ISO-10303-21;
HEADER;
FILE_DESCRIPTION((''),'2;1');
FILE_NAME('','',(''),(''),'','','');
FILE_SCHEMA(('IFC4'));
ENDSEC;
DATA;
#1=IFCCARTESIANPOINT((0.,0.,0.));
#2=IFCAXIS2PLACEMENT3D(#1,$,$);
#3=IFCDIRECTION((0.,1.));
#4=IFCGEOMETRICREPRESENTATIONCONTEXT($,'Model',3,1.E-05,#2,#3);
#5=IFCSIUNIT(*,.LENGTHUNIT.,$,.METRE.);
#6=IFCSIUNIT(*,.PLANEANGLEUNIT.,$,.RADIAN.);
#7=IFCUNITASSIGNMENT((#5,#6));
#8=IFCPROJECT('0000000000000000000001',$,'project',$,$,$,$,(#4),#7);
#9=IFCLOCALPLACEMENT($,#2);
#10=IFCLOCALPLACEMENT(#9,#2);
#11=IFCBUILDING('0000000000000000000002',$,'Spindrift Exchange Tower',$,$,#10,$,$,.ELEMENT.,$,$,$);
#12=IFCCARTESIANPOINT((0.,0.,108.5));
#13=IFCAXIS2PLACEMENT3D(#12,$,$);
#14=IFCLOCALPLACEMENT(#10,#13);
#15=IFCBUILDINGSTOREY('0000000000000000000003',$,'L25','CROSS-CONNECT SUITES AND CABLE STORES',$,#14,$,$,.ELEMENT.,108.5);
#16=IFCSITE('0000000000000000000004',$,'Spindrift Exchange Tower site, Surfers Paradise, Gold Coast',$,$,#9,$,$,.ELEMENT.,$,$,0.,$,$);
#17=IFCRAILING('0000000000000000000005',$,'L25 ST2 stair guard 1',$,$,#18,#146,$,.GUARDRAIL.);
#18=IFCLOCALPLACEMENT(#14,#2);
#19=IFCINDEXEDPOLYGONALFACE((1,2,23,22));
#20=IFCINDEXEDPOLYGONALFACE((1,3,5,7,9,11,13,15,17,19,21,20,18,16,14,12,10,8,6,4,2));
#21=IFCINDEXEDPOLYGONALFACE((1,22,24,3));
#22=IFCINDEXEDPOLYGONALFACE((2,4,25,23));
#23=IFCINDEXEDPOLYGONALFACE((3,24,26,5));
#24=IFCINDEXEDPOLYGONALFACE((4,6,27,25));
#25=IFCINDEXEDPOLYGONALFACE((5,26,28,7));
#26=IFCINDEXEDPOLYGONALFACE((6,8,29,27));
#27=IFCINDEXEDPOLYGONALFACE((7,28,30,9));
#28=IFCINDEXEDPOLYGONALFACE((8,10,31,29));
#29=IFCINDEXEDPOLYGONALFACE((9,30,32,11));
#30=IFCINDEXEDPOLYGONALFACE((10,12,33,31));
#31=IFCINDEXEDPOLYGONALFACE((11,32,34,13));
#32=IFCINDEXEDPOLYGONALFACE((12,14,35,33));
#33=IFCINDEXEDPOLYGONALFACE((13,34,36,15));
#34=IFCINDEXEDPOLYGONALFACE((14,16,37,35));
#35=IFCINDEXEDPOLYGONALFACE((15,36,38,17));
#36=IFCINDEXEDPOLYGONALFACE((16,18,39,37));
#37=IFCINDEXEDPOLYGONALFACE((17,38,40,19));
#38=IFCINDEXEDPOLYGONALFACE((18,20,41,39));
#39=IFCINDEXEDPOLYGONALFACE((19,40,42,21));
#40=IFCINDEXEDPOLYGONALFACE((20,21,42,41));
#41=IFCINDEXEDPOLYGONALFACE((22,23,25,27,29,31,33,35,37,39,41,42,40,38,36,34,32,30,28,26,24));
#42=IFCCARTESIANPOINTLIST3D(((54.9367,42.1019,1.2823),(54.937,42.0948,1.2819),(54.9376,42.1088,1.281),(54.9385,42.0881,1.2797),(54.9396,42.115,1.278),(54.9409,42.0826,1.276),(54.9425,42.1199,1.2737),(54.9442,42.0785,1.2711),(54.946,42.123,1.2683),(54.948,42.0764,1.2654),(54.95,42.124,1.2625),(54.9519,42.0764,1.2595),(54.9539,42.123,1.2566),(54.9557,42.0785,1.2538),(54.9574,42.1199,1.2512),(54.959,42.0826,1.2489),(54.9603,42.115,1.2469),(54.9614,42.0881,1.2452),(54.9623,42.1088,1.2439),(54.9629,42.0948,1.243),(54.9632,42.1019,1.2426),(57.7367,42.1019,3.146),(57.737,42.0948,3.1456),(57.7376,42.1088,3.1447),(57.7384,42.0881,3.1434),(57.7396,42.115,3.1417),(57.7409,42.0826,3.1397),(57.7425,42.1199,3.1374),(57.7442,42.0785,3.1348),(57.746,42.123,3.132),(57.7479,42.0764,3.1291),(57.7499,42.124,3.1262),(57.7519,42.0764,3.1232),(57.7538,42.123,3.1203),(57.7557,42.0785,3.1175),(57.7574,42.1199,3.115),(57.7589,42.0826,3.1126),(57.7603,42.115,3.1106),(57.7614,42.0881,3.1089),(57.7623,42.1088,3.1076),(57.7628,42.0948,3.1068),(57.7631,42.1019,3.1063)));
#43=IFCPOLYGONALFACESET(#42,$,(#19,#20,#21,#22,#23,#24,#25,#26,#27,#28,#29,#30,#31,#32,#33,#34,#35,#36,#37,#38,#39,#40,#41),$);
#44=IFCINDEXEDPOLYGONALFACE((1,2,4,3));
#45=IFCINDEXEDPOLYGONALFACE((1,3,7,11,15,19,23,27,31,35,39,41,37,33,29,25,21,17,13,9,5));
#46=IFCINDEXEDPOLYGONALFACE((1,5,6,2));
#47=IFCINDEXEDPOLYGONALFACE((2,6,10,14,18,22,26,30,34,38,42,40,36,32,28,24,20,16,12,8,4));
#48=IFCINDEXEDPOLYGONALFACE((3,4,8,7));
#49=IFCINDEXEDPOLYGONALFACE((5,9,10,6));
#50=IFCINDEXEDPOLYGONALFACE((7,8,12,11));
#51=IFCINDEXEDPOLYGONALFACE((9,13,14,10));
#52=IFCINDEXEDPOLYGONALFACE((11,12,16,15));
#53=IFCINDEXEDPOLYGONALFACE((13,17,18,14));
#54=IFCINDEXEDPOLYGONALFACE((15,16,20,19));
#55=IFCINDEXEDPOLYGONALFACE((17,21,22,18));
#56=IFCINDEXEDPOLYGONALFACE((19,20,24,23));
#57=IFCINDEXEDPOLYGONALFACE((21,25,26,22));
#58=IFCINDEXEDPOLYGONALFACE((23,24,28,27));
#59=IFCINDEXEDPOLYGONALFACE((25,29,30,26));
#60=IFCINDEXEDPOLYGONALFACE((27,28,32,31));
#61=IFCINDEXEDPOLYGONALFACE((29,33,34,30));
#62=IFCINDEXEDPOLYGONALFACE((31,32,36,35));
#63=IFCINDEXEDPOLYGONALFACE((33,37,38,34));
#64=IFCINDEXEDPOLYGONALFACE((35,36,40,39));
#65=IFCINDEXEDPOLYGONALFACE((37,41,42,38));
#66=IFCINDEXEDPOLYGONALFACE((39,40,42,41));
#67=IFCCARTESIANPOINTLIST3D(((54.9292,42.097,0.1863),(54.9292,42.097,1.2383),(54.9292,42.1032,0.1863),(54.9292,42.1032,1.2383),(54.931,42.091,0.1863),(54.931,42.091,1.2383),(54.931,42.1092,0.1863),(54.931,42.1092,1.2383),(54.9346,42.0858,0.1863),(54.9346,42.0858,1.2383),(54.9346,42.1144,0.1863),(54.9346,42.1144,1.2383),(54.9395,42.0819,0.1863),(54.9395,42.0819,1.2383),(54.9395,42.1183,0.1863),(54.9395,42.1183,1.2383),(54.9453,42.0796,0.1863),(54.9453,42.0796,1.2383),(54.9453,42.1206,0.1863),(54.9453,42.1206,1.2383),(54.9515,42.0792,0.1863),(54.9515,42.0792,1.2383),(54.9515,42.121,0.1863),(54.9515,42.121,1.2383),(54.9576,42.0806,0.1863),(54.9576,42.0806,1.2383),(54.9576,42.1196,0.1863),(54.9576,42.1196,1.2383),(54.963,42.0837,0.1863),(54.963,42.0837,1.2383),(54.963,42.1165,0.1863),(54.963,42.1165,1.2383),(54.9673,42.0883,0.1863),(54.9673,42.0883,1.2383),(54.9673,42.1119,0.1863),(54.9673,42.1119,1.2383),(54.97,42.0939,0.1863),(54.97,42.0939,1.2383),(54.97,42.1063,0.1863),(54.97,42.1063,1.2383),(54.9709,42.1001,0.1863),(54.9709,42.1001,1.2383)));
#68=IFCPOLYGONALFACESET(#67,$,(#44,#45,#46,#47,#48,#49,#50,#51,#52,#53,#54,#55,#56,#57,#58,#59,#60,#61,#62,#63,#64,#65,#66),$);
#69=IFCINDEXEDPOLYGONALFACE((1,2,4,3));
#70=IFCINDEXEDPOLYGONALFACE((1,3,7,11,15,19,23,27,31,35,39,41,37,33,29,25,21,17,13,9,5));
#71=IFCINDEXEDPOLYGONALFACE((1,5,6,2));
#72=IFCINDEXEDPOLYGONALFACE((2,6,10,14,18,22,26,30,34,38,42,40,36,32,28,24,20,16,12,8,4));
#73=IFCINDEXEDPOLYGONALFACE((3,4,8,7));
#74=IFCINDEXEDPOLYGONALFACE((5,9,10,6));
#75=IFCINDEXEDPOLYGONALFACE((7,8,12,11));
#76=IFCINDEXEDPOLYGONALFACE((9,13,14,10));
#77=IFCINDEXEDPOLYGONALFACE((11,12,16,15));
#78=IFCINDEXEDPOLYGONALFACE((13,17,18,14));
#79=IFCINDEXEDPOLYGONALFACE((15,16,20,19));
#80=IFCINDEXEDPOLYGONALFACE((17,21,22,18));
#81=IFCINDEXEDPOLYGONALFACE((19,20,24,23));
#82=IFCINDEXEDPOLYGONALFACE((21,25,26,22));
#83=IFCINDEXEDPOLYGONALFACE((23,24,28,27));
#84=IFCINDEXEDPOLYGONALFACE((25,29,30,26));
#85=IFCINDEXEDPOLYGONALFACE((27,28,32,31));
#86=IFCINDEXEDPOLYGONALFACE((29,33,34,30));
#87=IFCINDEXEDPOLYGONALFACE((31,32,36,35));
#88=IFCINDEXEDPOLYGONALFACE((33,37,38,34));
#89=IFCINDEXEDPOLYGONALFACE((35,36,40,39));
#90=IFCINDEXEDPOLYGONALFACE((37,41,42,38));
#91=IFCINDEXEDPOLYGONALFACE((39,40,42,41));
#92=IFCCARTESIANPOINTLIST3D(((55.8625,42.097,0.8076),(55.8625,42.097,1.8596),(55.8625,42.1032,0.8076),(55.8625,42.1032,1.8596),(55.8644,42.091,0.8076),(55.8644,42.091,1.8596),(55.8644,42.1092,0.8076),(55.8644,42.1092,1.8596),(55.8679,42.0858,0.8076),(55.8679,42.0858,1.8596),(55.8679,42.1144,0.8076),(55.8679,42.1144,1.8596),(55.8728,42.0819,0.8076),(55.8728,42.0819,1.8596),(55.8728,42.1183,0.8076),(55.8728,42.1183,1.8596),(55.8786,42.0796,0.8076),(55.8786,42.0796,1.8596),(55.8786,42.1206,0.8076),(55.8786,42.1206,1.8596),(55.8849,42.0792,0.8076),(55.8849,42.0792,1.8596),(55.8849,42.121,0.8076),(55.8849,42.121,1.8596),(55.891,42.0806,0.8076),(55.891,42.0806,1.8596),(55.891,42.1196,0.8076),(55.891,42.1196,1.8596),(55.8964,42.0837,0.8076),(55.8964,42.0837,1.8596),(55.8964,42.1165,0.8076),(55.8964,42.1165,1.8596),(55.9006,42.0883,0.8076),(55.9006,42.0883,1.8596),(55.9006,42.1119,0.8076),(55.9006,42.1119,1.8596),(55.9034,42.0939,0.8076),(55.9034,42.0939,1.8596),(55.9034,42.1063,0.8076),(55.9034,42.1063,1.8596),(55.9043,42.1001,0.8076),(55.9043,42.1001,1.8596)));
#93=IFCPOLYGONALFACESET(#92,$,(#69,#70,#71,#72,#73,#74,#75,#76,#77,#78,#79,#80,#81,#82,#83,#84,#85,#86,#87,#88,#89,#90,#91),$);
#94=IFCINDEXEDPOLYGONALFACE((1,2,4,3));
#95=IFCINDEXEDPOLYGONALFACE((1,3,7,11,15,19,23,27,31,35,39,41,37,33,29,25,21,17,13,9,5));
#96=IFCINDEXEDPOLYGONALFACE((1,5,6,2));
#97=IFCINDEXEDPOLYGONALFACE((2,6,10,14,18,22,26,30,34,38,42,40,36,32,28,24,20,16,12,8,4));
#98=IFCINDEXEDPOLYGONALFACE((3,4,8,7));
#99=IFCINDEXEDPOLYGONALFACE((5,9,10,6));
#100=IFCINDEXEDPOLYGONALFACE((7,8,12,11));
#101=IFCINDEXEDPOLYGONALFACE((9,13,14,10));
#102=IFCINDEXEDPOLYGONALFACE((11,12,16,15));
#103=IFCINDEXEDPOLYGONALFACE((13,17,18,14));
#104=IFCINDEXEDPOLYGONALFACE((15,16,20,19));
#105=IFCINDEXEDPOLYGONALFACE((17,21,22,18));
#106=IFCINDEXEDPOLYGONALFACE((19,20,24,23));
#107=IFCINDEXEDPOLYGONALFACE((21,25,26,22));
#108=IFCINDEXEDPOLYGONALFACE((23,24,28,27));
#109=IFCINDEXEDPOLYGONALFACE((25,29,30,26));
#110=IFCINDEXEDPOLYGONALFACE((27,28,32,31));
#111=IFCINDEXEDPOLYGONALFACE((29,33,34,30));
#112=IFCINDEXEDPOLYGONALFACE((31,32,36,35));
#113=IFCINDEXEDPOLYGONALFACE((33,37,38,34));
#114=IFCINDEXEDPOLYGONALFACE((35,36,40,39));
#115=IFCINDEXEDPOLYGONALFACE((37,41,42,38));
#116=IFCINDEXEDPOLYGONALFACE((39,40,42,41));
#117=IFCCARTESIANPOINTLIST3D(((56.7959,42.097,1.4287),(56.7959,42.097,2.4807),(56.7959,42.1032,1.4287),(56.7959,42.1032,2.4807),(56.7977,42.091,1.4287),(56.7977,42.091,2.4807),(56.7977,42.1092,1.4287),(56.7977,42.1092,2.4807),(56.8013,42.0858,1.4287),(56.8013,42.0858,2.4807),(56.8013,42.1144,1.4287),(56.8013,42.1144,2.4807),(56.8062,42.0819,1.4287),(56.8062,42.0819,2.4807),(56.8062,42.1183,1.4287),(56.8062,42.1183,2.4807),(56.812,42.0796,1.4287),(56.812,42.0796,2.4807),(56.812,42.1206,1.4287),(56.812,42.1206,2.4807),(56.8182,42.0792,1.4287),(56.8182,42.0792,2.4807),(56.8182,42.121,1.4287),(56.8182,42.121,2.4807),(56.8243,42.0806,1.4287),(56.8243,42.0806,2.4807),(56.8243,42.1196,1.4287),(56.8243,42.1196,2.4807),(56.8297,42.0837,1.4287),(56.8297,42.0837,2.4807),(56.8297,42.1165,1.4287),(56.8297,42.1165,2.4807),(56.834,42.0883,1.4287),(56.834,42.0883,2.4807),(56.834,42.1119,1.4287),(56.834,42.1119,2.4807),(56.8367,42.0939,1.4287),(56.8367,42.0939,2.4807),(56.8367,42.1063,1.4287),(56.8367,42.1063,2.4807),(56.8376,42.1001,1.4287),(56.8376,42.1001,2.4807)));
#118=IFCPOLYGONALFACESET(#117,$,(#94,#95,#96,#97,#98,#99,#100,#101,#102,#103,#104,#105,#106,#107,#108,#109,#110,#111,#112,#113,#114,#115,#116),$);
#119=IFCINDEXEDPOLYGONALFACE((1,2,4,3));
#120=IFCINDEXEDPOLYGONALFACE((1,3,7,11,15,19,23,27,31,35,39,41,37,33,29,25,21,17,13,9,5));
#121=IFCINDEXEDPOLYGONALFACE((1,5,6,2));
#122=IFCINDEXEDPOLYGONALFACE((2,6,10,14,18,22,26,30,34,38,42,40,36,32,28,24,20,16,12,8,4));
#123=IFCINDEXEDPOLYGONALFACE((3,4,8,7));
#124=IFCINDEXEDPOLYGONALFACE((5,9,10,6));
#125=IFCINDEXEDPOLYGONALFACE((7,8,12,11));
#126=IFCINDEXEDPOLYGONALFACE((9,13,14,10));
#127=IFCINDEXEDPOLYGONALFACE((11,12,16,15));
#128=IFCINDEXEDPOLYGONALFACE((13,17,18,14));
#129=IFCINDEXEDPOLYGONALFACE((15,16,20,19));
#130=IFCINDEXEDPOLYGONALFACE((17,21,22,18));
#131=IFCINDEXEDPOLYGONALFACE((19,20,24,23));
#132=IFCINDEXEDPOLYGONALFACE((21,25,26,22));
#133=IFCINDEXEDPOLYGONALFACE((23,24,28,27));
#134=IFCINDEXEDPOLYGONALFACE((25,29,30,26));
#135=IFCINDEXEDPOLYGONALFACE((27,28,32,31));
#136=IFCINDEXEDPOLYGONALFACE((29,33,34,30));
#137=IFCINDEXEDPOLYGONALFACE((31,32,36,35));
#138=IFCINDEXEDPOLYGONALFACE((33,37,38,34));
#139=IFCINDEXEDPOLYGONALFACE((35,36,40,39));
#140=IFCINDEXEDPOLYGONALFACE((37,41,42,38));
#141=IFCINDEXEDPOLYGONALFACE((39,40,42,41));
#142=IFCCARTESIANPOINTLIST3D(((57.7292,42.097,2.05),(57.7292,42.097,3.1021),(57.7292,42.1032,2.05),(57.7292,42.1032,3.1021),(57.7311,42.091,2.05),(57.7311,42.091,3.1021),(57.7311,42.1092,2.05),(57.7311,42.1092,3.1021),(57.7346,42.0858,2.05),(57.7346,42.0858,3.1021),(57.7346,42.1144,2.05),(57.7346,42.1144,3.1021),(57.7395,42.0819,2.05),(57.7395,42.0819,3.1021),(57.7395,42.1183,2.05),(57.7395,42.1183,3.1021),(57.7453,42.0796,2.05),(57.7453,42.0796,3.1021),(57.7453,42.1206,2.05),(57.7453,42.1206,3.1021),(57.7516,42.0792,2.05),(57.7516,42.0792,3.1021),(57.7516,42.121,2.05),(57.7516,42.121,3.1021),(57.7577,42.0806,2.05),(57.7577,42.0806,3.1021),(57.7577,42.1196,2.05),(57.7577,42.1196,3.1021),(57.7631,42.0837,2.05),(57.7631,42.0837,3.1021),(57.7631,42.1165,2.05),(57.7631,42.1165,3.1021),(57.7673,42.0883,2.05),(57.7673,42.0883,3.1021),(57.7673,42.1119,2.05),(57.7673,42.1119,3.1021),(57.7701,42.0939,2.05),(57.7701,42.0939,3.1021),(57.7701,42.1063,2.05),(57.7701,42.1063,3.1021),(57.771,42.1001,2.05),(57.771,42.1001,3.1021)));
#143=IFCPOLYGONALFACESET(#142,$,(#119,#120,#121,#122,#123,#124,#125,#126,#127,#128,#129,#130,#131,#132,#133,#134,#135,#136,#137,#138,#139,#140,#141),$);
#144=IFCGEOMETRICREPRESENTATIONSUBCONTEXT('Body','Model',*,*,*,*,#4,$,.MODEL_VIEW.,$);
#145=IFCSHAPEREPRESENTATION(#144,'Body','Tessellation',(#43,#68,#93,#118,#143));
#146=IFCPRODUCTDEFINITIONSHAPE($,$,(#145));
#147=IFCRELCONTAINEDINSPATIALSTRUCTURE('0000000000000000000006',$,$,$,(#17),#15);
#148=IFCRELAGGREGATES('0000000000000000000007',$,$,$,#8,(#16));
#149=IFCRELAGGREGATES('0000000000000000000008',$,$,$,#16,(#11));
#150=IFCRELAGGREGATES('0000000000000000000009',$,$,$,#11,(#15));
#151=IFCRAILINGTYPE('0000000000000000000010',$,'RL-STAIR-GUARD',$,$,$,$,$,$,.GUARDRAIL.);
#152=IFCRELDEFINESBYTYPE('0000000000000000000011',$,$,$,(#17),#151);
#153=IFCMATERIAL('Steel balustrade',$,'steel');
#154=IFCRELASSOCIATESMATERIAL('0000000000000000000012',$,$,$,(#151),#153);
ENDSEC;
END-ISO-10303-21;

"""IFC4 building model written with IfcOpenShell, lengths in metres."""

from ifc_helpers import new_model, si_unit, direction, frame, origin, origin_2d, place, context, subcontext, project, spatial, circle, extrude, material, type_object, element, save


model = new_model("IFC4")

# Units and contexts
model_context = context("Model", 3, precision=1e-05, world=origin(), true_north=direction((0.0, 1.0)))
body_context = subcontext(model_context, "Body", "Model", "MODEL_VIEW")
ifc_project = project(units=[si_unit("LENGTHUNIT", "METRE"), si_unit("PLANEANGLEUNIT", "RADIAN")], contexts=[model_context])

# Site, building, storey
site_placement = place(None, origin())
site = spatial("IfcSite", under=ifc_project, at=site_placement, Name="Spindrift Exchange Tower site, Surfers Paradise, Gold Coast", CompositionType="ELEMENT", RefElevation=0.0)
building_placement = place(site_placement, origin())
building = spatial("IfcBuilding", under=site, at=building_placement, Name="Spindrift Exchange Tower", CompositionType="ELEMENT")
storey_placement = place(building_placement, frame((0.0, 0.0, 108.5)))
storey = spatial("IfcBuildingStorey", under=building, at=storey_placement, Name="L25", Description="CROSS-CONNECT SUITES AND CABLE STORES", CompositionType="ELEMENT", Elevation=108.5)

# Railing
ifc_material_1 = material(Name="Steel balustrade", Category="steel")
railing_type_1 = type_object("IfcRailingType", Name="RL-STAIR-GUARD", PredefinedType="GUARDRAIL", material=ifc_material_1)
railing_1_placement = place(storey_placement, frame((54.95, 42.1001, 0.1863)))
element("IfcRailing", 1, at=railing_1_placement, inside=storey, type_object=railing_type_1, Name="L25 ST2 stair guard 1", PredefinedType="GUARDRAIL", context=body_context, shape_type="SweptSolid", body=[
    extrude(circle(Radius=0.0239, at=origin_2d()), frame((0.0, 0.0, 1.0762), z_axis=(0.832452, 0.0, 0.554097), x_axis=(0.0, 1.0, 0.0)), (0.0, 0.0, 1.0), 3.3635),
    extrude(circle(Radius=0.021, at=origin_2d()), origin(), (0.0, 0.0, 1.0), 1.052),
    extrude(circle(Radius=0.021, at=origin_2d()), frame((0.9333, 0.0, 0.6213)), (0.0, 0.0, 1.0), 1.052),
    extrude(circle(Radius=0.021, at=origin_2d()), frame((1.8667, 0.0, 1.2424)), (0.0, 0.0, 1.0), 1.052),
    extrude(circle(Radius=0.021, at=origin_2d()), frame((2.8, 0.0, 1.8638)), (0.0, 0.0, 1.0), 1.052),
])

save(model, "model.ifc")
